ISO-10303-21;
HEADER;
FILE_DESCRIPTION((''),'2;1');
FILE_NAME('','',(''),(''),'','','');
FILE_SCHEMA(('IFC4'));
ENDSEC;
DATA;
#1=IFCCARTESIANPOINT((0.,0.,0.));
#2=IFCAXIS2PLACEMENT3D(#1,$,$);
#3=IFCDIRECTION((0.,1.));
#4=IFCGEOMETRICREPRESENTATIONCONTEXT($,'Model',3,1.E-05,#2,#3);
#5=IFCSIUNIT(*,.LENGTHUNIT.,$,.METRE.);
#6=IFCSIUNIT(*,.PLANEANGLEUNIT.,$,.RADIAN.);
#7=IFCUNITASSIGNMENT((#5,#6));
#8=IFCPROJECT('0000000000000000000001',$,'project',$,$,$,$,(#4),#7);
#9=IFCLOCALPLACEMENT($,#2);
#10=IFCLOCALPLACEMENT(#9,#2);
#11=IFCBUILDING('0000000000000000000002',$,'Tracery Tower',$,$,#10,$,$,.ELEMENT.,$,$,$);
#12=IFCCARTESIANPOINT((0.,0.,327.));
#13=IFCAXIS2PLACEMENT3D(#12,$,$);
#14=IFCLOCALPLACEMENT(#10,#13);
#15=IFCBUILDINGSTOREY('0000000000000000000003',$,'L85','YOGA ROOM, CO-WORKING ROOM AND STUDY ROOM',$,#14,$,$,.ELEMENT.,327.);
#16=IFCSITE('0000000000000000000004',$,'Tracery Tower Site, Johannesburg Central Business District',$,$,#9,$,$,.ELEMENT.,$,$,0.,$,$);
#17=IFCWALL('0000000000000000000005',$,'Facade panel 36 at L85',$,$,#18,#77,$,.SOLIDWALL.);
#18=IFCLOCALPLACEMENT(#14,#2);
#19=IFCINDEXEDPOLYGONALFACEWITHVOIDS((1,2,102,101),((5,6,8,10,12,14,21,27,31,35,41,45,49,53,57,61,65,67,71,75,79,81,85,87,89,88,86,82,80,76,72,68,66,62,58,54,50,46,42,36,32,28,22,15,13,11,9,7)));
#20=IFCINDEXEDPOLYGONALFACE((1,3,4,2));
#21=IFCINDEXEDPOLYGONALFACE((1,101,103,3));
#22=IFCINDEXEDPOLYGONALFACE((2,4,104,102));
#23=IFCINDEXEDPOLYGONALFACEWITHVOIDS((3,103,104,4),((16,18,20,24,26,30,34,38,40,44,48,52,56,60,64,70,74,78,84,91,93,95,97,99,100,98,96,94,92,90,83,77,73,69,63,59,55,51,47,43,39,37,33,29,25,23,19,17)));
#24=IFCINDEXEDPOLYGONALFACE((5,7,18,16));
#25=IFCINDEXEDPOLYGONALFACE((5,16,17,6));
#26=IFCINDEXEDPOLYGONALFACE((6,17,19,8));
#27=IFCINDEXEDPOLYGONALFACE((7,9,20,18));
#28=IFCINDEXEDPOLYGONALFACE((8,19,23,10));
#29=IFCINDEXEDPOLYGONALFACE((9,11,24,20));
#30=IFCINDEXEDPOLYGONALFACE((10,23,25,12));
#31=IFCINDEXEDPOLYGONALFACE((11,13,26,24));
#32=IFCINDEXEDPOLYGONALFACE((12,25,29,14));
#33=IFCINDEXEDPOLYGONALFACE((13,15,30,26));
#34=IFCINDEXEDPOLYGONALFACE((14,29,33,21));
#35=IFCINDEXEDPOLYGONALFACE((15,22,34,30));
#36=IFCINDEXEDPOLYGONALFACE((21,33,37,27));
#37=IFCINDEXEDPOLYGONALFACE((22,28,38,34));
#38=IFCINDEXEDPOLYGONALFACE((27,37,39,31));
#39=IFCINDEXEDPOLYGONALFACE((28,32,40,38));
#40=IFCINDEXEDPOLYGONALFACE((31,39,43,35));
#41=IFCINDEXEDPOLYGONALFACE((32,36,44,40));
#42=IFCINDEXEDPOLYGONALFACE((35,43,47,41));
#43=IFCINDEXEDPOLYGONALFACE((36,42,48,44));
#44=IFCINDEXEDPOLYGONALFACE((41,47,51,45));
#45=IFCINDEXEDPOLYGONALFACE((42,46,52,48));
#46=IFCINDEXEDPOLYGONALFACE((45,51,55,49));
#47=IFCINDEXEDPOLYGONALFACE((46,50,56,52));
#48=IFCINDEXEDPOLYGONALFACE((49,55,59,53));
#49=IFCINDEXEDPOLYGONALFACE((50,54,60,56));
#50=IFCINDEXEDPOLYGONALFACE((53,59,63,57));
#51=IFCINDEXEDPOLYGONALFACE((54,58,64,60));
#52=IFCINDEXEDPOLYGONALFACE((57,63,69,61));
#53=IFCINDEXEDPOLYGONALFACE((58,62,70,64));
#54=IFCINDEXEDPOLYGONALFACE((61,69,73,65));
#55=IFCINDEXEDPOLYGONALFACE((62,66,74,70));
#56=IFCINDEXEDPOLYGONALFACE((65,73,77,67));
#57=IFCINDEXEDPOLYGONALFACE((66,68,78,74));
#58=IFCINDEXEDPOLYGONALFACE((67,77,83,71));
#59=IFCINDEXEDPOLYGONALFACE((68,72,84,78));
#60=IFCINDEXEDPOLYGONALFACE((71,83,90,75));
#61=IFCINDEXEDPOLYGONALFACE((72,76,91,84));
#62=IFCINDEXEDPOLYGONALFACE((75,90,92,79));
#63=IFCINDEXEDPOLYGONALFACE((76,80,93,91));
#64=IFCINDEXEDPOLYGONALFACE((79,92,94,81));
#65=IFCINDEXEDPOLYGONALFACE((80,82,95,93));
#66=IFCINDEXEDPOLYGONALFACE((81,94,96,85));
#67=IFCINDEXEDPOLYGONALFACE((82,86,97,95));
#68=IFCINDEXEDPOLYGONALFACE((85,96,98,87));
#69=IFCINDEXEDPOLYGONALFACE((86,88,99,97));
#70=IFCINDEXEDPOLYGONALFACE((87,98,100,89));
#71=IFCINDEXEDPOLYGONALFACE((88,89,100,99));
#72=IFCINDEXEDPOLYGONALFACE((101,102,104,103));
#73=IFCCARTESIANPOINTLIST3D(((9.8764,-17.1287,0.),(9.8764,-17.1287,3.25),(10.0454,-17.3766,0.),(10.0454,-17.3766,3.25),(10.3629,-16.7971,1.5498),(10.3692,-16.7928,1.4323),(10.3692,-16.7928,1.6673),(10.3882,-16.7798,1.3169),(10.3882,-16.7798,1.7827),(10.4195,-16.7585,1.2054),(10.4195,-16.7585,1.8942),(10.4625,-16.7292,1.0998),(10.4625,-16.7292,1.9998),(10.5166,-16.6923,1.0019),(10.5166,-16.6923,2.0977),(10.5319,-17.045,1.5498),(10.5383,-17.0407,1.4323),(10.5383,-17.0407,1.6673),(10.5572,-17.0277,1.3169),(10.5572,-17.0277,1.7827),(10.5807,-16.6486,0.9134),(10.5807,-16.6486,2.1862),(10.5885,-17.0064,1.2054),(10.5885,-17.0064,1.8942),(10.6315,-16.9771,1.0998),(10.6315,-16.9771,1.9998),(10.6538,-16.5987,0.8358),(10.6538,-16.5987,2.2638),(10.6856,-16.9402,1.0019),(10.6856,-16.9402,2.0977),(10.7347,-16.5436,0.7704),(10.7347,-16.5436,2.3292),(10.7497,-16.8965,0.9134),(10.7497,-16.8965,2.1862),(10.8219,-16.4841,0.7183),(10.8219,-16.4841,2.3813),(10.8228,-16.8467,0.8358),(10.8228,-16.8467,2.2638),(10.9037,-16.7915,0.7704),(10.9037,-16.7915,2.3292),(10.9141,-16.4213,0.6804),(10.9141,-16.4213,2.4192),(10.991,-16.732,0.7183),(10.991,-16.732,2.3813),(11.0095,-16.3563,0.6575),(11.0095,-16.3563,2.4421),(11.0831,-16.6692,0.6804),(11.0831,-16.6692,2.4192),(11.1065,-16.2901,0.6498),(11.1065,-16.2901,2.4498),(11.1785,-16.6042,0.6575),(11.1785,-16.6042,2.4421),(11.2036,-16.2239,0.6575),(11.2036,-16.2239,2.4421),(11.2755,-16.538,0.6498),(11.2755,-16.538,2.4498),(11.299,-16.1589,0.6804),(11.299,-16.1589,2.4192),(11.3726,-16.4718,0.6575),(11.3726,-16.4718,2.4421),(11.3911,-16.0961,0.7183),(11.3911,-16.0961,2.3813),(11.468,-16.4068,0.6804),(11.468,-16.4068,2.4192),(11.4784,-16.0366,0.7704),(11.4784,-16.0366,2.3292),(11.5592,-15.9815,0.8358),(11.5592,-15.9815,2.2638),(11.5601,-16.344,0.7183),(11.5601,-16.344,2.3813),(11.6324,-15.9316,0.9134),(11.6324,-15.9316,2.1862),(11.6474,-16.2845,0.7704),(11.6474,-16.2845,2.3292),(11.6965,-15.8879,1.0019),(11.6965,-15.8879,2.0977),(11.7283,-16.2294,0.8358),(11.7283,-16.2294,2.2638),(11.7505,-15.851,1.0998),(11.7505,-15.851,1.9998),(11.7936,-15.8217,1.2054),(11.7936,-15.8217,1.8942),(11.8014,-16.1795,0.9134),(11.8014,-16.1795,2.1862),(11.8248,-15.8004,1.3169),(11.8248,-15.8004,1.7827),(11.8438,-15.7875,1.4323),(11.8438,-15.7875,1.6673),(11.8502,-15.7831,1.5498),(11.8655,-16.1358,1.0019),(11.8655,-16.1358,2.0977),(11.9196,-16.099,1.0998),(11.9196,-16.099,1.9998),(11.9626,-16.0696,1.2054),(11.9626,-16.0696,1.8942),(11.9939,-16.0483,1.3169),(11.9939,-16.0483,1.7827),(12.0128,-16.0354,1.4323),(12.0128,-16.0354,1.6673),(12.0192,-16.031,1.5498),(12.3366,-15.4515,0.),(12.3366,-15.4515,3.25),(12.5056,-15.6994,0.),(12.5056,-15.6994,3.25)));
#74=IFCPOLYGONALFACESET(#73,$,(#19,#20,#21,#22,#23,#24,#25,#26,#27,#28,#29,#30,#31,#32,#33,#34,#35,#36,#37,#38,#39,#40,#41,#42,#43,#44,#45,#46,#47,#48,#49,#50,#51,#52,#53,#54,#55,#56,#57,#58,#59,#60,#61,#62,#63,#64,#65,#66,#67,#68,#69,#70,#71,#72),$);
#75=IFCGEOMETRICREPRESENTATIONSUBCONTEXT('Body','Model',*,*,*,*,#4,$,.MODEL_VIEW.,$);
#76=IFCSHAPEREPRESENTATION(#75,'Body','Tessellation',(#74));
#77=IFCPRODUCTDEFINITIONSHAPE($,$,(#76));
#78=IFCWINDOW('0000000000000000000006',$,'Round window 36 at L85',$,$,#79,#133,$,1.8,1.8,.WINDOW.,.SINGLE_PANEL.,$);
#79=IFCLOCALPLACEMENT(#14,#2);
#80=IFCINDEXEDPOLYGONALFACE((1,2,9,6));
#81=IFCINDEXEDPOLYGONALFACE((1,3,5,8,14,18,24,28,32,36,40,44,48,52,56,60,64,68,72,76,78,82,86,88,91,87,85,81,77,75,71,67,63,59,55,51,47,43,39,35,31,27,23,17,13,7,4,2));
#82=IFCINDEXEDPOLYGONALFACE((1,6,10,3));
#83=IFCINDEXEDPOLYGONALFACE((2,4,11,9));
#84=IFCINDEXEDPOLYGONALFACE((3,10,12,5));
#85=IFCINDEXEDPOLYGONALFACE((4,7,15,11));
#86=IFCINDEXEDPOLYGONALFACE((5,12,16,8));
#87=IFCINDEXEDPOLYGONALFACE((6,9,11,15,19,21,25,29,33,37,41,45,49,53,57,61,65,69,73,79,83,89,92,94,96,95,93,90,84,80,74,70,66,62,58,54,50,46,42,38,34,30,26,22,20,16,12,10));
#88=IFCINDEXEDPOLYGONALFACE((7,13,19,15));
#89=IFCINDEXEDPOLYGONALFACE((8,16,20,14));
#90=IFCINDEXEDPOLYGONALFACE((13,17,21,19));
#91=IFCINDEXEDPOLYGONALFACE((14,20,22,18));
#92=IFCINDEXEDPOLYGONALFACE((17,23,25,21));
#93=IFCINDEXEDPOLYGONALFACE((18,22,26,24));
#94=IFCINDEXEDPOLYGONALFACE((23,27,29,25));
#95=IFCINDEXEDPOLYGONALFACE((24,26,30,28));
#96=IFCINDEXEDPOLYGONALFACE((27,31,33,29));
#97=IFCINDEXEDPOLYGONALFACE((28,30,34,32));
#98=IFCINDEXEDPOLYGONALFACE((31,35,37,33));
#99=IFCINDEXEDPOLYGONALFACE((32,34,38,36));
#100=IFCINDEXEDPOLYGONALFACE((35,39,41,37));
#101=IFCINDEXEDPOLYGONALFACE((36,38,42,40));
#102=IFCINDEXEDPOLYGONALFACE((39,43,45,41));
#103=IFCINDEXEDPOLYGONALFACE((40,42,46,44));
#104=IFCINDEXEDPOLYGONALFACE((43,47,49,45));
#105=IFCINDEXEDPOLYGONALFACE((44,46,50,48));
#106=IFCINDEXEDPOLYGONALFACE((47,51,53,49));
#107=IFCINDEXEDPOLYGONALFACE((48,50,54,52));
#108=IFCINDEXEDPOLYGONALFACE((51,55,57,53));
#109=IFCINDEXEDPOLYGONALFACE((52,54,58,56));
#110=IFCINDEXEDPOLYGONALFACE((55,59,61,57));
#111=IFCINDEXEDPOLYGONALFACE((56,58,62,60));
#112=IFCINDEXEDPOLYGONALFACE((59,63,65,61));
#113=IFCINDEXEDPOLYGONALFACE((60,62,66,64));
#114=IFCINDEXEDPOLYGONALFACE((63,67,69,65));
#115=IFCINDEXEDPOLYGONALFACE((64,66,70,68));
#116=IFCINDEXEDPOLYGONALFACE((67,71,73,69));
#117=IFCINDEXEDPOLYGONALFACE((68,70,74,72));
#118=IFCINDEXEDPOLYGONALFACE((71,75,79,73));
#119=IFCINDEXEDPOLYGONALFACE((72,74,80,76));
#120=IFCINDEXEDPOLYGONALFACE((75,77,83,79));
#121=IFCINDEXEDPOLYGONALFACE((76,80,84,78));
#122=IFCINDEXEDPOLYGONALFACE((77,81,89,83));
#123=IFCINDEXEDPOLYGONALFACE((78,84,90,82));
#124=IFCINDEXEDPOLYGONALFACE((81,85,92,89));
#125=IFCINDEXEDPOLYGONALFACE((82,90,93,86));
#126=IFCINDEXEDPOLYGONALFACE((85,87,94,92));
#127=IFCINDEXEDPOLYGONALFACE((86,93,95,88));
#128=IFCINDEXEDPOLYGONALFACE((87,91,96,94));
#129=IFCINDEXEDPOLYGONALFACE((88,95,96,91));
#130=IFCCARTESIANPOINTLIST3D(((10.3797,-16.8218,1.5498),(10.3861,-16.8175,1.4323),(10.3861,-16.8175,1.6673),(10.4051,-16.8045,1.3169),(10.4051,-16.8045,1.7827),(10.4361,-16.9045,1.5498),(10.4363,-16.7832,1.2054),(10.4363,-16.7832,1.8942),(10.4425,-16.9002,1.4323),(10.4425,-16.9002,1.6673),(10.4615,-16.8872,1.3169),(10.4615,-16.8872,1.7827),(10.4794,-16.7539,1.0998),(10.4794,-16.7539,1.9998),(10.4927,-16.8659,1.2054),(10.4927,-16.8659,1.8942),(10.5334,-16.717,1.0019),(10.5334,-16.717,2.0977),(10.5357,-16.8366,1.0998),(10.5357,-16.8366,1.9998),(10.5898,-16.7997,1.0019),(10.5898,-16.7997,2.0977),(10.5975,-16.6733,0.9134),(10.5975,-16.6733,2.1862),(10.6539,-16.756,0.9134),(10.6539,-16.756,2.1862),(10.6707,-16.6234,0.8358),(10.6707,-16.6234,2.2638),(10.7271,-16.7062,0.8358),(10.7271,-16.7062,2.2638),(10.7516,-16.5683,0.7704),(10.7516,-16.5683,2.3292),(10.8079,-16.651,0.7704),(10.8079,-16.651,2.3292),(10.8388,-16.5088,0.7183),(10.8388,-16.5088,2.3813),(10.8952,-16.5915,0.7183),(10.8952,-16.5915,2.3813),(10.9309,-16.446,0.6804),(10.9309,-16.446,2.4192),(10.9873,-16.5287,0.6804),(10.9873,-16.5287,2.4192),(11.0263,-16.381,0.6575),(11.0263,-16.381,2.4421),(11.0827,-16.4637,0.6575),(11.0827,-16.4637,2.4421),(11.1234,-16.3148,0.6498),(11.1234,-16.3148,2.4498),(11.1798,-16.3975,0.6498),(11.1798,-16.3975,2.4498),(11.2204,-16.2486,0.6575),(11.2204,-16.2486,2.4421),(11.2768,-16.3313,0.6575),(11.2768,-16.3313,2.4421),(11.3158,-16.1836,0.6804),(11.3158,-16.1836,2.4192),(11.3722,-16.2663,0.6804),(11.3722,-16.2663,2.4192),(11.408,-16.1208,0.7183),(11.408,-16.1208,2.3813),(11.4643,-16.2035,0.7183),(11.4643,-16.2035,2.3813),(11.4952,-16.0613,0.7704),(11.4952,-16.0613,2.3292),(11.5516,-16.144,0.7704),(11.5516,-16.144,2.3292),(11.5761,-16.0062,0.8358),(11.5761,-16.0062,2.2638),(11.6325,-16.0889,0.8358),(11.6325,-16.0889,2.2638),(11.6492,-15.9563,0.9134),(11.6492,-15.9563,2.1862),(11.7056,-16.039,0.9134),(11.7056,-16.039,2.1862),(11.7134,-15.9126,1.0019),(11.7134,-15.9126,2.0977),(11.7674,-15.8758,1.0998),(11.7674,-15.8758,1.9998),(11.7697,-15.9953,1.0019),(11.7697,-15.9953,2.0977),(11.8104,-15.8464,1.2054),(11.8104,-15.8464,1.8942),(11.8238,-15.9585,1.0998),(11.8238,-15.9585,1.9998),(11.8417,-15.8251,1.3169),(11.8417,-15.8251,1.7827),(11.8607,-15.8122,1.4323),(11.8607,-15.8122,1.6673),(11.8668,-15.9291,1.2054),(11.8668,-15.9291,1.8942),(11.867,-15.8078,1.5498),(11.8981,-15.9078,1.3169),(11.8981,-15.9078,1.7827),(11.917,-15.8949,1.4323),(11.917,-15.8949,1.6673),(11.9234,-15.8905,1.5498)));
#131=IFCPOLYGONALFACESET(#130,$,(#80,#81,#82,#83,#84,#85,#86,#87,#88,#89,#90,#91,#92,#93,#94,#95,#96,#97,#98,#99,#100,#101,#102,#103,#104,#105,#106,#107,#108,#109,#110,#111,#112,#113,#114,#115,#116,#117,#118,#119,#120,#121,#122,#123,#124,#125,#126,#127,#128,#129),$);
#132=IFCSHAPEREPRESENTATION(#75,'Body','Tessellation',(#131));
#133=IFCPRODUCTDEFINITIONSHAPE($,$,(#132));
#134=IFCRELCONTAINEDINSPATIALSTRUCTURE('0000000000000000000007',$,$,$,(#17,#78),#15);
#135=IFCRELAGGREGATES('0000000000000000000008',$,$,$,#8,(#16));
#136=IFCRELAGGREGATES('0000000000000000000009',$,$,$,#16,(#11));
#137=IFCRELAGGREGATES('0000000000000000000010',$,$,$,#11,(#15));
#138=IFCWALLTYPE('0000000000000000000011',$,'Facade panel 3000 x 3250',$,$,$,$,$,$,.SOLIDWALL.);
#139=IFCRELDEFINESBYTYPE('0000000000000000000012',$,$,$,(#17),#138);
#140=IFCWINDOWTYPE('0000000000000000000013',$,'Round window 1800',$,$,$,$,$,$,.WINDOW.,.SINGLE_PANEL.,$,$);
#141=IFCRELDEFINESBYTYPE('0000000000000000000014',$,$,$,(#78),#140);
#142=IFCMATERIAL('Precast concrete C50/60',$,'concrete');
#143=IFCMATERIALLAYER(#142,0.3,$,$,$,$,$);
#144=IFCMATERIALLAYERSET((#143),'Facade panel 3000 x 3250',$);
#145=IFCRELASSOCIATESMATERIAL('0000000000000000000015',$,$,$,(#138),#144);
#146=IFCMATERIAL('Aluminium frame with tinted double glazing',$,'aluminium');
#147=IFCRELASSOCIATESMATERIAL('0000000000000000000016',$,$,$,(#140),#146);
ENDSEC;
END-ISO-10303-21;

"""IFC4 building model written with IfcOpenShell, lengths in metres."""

from ifc_helpers import new_model, si_unit, direction, frame, frame_2d, origin, origin_2d, place, context, subcontext, project, spatial, rectangle, circle, extrude, material, layer, layer_set, type_object, element, fill, save


model = new_model("IFC4")

# Units and contexts
model_context = context("Model", 3, precision=1e-05, world=origin(), true_north=direction((0.0, 1.0)))
body_context = subcontext(model_context, "Body", "Model", "MODEL_VIEW")
ifc_project = project(units=[si_unit("LENGTHUNIT", "METRE"), si_unit("PLANEANGLEUNIT", "RADIAN")], contexts=[model_context])

# Site, building, storey
site_placement = place(None, origin())
site = spatial("IfcSite", under=ifc_project, at=site_placement, Name="Tracery Tower Site, Johannesburg Central Business District", CompositionType="ELEMENT", RefElevation=0.0)
building_placement = place(site_placement, origin())
building = spatial("IfcBuilding", under=site, at=building_placement, Name="Tracery Tower", CompositionType="ELEMENT")
storey_placement = place(building_placement, frame((0.0, 0.0, 327.0)))
storey = spatial("IfcBuildingStorey", under=building, at=storey_placement, Name="L85", Description="YOGA ROOM, CO-WORKING ROOM AND STUDY ROOM", CompositionType="ELEMENT", Elevation=327.0)

# Wall, opening, window
ifc_material_1 = material(Name="Precast concrete C50/60", Category="concrete")
ifc_layer_1 = layer(ifc_material_1, 0.3)
ifc_layer_set_1 = layer_set([ifc_layer_1], Name="Facade panel 3000 x 3250")
wall_type_1 = type_object("IfcWallType", Name="Facade panel 3000 x 3250", PredefinedType="SOLIDWALL", material=ifc_layer_set_1)
ifc_material_2 = material(Name="Aluminium frame with tinted double glazing", Category="aluminium")
window_type = type_object("IfcWindowType", Name="Round window 1800", PartitioningType="SINGLE_PANEL", PredefinedType="WINDOW", material=ifc_material_2)
wall_1_placement = place(storey_placement, frame((9.9609, -17.2527, 0.0), z_axis=(0.0, 0.0, 1.0), x_axis=(0.826253, 0.563299, 0.0)))
wall_1 = element("IfcWall", 1, at=wall_1_placement, inside=storey, type_object=wall_type_1, Name="Facade panel 36 at L85", PredefinedType="SOLIDWALL", context=body_context, shape_type="SweptSolid", body=[
    extrude(rectangle(XDim=2.9775, YDim=0.3, at=frame_2d((1.4888, 0.0))), origin(), (0.0, 0.0, 1.0), 3.25),
])
opening_1_placement = place(wall_1_placement, frame((1.4888, 0.0, 1.5498)))
opening_1 = element("IfcOpeningElement", 2, at=opening_1_placement, cuts=wall_1, PredefinedType="OPENING", context=body_context, shape_type="SweptSolid", body=[
    extrude(circle(Radius=0.9, at=origin_2d()), frame((0.0, 0.1599, 0.0), z_axis=(0.0, -1.0, 0.0), x_axis=(1.0, 0.0, 0.0)), (0.0, 0.0, 1.0), 0.3201),
])
window_1_placement = place(opening_1_placement, origin())
window_1 = element("IfcWindow", 3, at=window_1_placement, inside=storey, type_object=window_type, Name="Round window 36 at L85", OverallHeight=1.8, OverallWidth=1.8, PartitioningType="SINGLE_PANEL", PredefinedType="WINDOW", context=body_context, shape_type="SweptSolid", body=[
    extrude(circle(Radius=0.9, at=origin_2d()), frame((0.0, 0.1201, 0.0), z_axis=(0.0, -1.0, 0.0), x_axis=(1.0, 0.0, 0.0)), (0.0, 0.0, 1.0), 0.1001),
])
fill(opening_1, window_1)

save(model, "model.ifc")
